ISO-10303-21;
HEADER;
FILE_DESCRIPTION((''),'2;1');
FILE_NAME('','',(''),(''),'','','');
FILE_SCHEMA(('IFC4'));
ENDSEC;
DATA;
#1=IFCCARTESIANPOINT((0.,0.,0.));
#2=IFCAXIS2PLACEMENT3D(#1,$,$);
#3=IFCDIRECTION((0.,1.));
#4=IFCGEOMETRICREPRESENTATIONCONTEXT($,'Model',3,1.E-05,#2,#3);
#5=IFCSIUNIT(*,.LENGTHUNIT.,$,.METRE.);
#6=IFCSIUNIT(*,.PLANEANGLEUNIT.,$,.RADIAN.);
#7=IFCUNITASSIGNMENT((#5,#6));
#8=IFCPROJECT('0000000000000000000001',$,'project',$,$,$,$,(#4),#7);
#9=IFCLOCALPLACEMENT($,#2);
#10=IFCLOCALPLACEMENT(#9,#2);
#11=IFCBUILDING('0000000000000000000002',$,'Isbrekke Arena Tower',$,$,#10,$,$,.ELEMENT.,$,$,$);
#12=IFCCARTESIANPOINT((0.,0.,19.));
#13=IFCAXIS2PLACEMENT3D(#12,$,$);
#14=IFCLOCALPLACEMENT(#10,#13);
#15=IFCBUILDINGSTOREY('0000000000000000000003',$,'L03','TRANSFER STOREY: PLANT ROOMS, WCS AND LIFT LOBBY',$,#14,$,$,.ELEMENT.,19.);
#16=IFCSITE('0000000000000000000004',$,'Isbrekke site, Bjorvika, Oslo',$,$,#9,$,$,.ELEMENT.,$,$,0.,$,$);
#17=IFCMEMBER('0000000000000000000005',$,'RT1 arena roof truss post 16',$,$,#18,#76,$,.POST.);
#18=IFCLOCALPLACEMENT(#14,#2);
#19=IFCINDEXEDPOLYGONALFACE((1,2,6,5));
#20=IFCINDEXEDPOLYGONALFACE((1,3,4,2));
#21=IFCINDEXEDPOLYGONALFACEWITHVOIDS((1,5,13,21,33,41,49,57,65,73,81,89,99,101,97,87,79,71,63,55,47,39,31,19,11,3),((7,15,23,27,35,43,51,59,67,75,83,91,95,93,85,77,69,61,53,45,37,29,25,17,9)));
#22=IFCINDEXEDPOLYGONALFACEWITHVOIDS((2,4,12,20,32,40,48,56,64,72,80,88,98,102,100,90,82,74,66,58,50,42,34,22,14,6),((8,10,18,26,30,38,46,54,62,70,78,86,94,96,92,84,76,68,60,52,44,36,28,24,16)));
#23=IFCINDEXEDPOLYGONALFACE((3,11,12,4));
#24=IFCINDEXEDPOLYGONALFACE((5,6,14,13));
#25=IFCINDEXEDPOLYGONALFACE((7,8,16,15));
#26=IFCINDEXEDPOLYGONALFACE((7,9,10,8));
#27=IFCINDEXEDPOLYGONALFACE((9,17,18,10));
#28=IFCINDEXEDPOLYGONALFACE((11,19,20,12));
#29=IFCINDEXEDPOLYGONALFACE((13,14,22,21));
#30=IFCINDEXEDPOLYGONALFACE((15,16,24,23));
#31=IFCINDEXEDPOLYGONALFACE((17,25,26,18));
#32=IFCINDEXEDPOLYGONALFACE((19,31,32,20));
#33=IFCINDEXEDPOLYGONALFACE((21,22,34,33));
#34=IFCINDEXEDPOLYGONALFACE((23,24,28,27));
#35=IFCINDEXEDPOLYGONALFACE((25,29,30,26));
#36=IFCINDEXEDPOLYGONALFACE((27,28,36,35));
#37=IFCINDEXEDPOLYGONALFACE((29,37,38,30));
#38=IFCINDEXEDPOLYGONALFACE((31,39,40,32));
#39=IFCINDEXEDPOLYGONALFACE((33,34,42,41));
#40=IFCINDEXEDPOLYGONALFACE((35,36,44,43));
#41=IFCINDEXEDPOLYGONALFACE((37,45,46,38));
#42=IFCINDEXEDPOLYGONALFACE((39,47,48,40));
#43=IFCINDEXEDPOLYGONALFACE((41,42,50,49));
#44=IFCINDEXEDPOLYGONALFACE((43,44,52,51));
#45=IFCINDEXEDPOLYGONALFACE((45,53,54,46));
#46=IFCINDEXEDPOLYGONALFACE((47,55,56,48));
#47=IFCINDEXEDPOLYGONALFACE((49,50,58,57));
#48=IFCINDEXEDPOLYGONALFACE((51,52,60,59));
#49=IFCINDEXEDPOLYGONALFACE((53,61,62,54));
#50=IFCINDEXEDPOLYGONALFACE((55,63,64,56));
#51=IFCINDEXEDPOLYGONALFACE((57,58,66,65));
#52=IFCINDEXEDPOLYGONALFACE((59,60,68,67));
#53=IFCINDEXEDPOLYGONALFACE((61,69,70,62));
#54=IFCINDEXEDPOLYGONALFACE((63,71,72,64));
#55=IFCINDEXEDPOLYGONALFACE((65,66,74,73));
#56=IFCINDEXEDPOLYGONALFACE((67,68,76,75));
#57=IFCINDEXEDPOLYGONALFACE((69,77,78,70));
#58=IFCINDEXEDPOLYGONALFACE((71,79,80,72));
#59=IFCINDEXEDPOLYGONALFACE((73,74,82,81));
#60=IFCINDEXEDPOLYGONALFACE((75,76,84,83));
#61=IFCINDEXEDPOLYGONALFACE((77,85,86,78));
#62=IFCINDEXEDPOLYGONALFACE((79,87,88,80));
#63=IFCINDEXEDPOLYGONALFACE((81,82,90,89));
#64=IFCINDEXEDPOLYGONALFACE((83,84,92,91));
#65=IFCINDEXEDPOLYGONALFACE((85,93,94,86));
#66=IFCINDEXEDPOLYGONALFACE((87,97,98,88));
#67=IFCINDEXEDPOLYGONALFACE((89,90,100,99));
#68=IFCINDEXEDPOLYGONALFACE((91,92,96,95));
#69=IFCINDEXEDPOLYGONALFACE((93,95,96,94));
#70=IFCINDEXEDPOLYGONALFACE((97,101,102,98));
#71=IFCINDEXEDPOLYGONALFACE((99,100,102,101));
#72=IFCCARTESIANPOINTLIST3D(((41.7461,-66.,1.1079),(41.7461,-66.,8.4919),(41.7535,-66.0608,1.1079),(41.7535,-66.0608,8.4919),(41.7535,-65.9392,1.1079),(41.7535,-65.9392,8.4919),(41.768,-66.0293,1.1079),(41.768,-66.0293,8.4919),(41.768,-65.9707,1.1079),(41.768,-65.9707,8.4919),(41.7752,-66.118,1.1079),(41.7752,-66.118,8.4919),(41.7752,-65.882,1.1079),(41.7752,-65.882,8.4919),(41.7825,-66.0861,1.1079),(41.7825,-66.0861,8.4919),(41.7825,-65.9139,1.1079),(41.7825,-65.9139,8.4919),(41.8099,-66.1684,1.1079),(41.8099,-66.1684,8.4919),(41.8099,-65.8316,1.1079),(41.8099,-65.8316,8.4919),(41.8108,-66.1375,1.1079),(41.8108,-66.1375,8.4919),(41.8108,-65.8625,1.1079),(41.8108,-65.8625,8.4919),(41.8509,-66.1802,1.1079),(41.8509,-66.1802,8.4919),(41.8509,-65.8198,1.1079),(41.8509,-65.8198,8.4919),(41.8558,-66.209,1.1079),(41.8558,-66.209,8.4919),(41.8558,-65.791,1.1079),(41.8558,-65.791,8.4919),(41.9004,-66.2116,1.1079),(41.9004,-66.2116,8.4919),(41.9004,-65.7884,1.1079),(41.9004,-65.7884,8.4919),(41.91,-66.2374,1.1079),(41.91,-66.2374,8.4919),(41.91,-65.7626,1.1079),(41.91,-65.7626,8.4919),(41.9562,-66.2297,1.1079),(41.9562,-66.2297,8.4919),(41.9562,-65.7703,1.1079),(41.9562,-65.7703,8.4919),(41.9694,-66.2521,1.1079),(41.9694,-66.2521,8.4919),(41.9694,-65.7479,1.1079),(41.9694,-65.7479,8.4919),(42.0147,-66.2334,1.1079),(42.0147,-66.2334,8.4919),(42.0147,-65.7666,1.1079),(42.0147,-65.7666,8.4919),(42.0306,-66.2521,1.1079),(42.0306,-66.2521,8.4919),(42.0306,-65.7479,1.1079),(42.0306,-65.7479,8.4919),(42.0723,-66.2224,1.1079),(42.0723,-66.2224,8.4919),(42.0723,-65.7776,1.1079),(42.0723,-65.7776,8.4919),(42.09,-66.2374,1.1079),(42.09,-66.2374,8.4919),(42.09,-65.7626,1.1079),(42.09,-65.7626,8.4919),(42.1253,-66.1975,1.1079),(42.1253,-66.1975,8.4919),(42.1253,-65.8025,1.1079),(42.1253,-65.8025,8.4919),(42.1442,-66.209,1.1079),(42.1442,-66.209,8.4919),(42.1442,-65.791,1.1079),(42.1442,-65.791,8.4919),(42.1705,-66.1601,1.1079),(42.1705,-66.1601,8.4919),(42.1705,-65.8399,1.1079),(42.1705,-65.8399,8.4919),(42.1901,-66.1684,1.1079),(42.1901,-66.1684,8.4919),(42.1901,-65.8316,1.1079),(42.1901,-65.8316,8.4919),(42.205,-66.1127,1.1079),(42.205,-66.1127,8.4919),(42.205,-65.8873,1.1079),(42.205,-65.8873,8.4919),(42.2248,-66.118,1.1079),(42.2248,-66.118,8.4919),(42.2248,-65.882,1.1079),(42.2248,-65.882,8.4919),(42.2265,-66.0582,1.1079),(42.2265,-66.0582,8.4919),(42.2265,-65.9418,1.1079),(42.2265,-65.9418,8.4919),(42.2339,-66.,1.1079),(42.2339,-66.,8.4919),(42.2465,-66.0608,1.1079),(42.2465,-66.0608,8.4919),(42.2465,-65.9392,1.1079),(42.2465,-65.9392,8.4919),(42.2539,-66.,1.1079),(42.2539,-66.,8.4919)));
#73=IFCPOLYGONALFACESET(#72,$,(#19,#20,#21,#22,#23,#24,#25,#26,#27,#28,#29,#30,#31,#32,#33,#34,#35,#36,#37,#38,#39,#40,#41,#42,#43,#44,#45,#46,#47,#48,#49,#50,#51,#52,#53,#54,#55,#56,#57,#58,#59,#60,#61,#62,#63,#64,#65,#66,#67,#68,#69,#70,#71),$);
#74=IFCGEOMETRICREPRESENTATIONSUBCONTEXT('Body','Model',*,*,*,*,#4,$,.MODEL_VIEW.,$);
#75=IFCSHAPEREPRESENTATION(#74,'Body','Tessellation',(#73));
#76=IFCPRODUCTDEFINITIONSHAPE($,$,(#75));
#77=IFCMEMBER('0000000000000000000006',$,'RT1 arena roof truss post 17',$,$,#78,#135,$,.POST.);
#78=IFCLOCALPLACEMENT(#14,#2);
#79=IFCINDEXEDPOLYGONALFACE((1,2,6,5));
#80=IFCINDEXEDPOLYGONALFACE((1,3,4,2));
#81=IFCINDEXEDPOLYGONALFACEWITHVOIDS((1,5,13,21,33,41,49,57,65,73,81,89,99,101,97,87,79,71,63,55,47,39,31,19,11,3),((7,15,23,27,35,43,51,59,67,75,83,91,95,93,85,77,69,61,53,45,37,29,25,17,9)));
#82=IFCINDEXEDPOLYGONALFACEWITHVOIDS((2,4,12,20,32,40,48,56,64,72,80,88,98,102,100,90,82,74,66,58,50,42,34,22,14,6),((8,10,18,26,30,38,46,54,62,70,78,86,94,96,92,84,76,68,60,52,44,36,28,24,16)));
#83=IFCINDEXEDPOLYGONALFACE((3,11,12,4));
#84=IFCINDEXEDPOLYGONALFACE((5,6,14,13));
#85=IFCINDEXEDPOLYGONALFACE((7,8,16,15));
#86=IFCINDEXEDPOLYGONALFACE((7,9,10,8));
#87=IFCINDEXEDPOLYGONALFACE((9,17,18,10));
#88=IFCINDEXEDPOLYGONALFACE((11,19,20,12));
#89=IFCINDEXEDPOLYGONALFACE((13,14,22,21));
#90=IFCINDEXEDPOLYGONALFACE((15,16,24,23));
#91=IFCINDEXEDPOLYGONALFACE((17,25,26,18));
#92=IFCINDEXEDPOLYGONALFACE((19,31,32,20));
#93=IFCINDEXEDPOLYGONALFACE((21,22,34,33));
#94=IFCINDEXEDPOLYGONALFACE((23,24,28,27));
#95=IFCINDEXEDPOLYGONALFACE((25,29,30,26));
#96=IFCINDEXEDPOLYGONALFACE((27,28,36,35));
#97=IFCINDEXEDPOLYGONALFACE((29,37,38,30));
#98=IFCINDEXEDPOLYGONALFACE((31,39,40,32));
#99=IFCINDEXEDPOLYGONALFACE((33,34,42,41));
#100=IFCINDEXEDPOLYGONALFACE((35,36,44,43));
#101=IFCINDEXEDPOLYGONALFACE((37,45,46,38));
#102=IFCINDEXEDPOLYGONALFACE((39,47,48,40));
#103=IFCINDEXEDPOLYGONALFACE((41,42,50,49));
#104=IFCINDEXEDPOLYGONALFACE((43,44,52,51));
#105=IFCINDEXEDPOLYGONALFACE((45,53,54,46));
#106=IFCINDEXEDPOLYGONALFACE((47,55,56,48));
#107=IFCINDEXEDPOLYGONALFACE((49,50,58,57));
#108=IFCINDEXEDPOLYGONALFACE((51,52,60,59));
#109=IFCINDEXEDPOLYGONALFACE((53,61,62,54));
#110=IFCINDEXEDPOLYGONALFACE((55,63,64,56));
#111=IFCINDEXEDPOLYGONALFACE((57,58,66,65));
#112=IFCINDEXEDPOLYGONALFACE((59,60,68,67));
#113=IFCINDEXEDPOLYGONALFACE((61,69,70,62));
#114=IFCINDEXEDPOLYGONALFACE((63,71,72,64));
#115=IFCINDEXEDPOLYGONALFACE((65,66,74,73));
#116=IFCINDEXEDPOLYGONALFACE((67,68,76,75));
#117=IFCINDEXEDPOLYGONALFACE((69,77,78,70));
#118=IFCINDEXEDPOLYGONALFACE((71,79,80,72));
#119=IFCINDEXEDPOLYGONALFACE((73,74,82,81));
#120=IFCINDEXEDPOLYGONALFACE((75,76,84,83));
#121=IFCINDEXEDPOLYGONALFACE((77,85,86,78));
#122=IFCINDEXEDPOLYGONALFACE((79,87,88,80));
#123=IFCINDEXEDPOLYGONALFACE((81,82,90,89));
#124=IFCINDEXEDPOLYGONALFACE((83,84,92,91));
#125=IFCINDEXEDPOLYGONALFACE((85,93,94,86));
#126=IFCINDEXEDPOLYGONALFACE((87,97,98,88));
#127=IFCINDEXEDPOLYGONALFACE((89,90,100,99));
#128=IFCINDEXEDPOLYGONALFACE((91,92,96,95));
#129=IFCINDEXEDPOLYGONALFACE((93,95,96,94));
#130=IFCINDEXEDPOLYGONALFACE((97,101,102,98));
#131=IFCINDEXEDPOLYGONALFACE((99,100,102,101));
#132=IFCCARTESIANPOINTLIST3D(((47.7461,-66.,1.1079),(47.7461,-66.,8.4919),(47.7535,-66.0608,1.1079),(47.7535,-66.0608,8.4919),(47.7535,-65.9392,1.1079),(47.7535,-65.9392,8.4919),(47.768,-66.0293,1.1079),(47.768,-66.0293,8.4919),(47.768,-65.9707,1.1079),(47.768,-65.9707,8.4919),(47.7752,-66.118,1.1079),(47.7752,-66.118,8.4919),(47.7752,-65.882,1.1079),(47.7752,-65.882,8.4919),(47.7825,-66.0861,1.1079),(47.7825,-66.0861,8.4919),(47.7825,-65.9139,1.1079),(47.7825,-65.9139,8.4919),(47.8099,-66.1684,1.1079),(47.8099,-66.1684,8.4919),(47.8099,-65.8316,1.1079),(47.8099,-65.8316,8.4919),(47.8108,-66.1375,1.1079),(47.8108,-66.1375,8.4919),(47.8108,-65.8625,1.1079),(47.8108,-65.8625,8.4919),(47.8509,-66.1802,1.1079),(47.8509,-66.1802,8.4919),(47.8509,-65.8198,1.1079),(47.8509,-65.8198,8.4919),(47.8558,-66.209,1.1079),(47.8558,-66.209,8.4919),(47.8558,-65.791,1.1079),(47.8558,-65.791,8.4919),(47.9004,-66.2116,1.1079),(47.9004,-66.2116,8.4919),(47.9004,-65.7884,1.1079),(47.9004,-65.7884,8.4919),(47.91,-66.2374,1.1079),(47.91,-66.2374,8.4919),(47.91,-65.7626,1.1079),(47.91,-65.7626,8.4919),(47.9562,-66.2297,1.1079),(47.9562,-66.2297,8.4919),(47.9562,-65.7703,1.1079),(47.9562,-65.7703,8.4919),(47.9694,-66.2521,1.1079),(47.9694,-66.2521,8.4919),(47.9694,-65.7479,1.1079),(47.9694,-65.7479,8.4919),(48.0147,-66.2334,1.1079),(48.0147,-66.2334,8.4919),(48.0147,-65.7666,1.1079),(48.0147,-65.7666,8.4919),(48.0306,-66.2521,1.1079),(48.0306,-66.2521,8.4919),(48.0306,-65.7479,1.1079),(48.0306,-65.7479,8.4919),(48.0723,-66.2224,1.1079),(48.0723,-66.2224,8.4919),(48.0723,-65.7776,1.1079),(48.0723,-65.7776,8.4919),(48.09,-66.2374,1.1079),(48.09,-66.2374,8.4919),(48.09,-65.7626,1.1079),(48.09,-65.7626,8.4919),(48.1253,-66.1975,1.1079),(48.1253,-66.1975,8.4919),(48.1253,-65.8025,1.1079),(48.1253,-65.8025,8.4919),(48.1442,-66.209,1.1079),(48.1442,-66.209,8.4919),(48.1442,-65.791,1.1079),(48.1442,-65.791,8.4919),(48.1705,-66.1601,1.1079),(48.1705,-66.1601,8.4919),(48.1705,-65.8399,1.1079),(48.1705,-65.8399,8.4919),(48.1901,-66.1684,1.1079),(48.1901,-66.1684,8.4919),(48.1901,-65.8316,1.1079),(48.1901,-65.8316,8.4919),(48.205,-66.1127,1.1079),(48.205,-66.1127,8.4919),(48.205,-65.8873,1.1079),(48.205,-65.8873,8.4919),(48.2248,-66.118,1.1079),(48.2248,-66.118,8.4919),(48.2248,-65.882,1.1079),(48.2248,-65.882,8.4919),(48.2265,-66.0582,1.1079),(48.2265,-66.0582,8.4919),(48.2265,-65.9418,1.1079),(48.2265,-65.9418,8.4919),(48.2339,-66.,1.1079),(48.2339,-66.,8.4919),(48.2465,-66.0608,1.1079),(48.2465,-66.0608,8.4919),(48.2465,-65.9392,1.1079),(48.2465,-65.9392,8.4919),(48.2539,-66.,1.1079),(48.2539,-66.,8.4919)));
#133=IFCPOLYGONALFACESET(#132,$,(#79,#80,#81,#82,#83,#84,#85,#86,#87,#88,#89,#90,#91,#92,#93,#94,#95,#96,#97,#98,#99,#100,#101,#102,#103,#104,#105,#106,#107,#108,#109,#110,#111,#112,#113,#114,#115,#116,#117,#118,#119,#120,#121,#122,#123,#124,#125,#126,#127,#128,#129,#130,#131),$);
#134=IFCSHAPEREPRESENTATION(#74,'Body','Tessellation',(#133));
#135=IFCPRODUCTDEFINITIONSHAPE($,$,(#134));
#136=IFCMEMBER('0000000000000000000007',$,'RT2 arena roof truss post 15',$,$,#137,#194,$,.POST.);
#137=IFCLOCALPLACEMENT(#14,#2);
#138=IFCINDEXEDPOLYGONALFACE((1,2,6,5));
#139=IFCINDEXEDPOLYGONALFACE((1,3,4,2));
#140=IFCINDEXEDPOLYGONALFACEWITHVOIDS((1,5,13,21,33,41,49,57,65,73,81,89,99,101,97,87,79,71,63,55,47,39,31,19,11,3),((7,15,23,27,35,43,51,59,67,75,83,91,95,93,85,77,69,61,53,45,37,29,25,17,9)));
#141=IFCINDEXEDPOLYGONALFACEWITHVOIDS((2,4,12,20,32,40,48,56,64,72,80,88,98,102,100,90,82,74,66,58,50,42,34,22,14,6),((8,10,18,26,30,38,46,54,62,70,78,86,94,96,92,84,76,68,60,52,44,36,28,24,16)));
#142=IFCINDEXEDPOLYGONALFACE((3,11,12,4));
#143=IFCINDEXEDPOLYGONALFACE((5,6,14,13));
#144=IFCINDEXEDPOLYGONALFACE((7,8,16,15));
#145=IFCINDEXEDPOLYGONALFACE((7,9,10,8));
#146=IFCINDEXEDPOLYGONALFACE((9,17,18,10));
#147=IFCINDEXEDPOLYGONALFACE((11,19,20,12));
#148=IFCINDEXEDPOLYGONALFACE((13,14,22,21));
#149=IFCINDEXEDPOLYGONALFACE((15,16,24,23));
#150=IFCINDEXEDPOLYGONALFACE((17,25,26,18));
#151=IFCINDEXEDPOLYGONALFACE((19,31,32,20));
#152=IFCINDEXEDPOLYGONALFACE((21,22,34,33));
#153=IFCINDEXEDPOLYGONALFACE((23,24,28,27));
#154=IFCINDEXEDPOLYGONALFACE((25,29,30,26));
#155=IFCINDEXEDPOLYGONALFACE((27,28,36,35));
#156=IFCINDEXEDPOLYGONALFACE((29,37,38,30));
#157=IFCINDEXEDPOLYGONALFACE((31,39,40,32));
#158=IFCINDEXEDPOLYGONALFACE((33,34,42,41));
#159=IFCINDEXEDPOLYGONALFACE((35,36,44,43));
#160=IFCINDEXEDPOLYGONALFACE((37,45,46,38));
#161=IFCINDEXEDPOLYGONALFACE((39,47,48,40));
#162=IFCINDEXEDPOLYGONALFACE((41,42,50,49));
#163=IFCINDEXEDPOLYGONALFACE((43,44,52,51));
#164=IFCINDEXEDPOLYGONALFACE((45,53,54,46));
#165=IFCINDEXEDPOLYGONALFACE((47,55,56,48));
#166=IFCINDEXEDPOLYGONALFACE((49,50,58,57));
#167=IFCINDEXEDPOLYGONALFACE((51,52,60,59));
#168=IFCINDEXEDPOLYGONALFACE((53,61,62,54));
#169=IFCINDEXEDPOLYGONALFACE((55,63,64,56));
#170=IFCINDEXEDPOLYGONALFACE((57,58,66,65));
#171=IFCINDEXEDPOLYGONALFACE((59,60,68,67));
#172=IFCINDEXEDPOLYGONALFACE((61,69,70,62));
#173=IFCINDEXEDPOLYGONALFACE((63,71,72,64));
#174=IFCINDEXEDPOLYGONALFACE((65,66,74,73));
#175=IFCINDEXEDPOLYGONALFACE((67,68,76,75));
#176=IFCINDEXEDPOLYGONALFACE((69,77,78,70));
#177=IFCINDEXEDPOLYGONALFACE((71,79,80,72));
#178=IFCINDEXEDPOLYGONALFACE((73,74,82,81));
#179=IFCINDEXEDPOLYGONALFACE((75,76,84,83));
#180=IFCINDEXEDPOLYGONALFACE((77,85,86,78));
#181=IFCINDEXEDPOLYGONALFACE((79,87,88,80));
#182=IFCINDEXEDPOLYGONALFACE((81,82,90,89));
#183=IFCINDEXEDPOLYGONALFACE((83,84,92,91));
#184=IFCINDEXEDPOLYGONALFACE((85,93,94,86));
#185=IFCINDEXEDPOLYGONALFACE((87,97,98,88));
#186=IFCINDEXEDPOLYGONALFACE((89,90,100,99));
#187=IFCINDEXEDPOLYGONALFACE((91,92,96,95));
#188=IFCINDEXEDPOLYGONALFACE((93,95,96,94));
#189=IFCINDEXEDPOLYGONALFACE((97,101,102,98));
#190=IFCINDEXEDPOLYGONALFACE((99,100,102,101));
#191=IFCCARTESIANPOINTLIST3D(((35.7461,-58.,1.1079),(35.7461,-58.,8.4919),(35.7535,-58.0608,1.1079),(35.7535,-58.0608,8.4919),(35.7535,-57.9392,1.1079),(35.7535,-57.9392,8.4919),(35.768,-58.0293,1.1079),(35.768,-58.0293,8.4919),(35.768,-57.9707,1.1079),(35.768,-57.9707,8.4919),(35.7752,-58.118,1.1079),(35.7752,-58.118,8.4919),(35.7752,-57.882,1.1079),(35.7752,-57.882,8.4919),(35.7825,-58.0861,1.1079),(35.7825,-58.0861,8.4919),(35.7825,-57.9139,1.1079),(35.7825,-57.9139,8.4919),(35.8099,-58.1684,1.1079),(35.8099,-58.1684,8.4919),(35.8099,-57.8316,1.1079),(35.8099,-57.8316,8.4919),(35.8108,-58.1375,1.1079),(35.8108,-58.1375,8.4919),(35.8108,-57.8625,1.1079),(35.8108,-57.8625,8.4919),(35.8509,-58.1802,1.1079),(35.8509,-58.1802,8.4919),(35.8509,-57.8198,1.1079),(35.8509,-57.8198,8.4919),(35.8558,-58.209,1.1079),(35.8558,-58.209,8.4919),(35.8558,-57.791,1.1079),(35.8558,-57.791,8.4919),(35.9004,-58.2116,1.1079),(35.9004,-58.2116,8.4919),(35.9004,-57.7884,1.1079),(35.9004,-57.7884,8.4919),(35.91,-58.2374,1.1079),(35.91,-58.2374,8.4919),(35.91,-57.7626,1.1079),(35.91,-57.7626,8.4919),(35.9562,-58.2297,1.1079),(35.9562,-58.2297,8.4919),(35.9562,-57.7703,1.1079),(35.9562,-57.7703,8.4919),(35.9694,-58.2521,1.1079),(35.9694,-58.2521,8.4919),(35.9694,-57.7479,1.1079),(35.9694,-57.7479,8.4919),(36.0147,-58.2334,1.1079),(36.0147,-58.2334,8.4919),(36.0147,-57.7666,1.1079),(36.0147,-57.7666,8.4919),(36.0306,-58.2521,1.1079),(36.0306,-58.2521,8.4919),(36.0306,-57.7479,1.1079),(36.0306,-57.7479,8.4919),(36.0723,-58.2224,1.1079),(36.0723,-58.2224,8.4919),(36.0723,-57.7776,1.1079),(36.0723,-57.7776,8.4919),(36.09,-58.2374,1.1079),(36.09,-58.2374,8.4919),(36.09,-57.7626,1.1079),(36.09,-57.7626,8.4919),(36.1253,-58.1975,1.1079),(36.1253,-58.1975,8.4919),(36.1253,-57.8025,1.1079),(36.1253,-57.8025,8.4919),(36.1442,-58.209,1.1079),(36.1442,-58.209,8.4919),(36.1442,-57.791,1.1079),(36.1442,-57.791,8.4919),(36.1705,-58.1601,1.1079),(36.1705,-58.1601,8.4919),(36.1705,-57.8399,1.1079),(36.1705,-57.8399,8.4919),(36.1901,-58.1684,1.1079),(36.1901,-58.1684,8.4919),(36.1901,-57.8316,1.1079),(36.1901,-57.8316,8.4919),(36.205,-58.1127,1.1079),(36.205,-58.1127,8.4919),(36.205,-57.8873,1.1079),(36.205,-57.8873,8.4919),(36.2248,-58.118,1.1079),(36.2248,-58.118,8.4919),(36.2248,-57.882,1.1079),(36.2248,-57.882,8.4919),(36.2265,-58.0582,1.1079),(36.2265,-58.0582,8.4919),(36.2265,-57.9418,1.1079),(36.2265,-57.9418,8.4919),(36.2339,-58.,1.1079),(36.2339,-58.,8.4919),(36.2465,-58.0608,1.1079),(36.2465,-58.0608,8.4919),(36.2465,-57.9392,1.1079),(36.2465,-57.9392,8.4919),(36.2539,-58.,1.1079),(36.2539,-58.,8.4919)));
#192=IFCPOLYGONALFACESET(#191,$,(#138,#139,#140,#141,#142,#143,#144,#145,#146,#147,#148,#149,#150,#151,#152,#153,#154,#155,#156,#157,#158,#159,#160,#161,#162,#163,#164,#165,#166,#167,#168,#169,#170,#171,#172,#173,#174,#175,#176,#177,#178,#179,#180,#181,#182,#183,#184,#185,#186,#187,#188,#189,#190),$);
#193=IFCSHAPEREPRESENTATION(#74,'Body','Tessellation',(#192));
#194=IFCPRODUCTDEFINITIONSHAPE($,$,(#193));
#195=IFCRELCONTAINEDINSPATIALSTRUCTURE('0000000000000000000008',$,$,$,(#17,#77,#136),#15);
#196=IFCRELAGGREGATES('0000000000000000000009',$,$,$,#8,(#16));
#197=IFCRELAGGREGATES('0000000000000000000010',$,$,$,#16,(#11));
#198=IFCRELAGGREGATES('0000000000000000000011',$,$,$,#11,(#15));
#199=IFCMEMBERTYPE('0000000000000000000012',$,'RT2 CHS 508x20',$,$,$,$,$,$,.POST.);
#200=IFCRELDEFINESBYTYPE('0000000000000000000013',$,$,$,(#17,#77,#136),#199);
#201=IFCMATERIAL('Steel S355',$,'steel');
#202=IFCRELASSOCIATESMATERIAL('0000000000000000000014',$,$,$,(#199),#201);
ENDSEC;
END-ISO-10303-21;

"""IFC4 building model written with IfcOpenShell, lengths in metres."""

from ifc_helpers import new_model, si_unit, direction, frame, origin, origin_2d, place, context, subcontext, project, spatial, hollow_circle, extrude, material, material_profile, profile_set, type_object, element, save


model = new_model("IFC4")

# Units and contexts
model_context = context("Model", 3, precision=1e-05, world=origin(), true_north=direction((0.0, 1.0)))
body_context = subcontext(model_context, "Body", "Model", "MODEL_VIEW")
ifc_project = project(units=[si_unit("LENGTHUNIT", "METRE"), si_unit("PLANEANGLEUNIT", "RADIAN")], contexts=[model_context])

# Site, building, storey
site_placement = place(None, origin())
site = spatial("IfcSite", under=ifc_project, at=site_placement, Name="Isbrekke site, Bjorvika, Oslo", CompositionType="ELEMENT", RefElevation=0.0)
building_placement = place(site_placement, origin())
building = spatial("IfcBuilding", under=site, at=building_placement, Name="Isbrekke Arena Tower", CompositionType="ELEMENT")
storey_placement = place(building_placement, frame((0.0, 0.0, 19.0)))
storey = spatial("IfcBuildingStorey", under=building, at=storey_placement, Name="L03", Description="TRANSFER STOREY: PLANT ROOMS, WCS AND LIFT LOBBY", CompositionType="ELEMENT", Elevation=19.0)

# Members
ifc_material_1 = material(Name="Steel S355", Category="steel")
ifc_material_profile_1 = material_profile(ifc_material_1, hollow_circle(Radius=0.2539, WallThickness=0.02, at=origin_2d()), Name="CHS 508x20")
ifc_profile_set_1 = profile_set([ifc_material_profile_1], Name="Steel S355")
member_type_1 = type_object("IfcMemberType", Name="RT2 CHS 508x20", PredefinedType="POST", material=ifc_profile_set_1)
for number, where, z_axis, x_axis, name in (
    (1, (42.0, -66.0, 1.1079), (0.0, 0.0, 1.0), (1.0, 0.0, 0.0), "RT1 arena roof truss post 16"),
    (2, (48.0, -66.0, 1.1079), (0.0, 0.0, 1.0), (1.0, 0.0, 0.0), "RT1 arena roof truss post 17"),
    (3, (36.0, -58.0, 1.1079), (0.0, 0.0, 1.0), (1.0, 0.0, 0.0), "RT2 arena roof truss post 15"),
):
    element("IfcMember", number, at=place(storey_placement, frame(where, z_axis=z_axis, x_axis=x_axis)), inside=storey, type_object=member_type_1, Name=name, PredefinedType="POST", context=body_context, shape_type="SweptSolid", body=[
        extrude(hollow_circle(Radius=0.2539, WallThickness=0.02, at=origin_2d()), origin(), (0.0, 0.0, 1.0), 7.384),
    ])

save(model, "model.ifc")
